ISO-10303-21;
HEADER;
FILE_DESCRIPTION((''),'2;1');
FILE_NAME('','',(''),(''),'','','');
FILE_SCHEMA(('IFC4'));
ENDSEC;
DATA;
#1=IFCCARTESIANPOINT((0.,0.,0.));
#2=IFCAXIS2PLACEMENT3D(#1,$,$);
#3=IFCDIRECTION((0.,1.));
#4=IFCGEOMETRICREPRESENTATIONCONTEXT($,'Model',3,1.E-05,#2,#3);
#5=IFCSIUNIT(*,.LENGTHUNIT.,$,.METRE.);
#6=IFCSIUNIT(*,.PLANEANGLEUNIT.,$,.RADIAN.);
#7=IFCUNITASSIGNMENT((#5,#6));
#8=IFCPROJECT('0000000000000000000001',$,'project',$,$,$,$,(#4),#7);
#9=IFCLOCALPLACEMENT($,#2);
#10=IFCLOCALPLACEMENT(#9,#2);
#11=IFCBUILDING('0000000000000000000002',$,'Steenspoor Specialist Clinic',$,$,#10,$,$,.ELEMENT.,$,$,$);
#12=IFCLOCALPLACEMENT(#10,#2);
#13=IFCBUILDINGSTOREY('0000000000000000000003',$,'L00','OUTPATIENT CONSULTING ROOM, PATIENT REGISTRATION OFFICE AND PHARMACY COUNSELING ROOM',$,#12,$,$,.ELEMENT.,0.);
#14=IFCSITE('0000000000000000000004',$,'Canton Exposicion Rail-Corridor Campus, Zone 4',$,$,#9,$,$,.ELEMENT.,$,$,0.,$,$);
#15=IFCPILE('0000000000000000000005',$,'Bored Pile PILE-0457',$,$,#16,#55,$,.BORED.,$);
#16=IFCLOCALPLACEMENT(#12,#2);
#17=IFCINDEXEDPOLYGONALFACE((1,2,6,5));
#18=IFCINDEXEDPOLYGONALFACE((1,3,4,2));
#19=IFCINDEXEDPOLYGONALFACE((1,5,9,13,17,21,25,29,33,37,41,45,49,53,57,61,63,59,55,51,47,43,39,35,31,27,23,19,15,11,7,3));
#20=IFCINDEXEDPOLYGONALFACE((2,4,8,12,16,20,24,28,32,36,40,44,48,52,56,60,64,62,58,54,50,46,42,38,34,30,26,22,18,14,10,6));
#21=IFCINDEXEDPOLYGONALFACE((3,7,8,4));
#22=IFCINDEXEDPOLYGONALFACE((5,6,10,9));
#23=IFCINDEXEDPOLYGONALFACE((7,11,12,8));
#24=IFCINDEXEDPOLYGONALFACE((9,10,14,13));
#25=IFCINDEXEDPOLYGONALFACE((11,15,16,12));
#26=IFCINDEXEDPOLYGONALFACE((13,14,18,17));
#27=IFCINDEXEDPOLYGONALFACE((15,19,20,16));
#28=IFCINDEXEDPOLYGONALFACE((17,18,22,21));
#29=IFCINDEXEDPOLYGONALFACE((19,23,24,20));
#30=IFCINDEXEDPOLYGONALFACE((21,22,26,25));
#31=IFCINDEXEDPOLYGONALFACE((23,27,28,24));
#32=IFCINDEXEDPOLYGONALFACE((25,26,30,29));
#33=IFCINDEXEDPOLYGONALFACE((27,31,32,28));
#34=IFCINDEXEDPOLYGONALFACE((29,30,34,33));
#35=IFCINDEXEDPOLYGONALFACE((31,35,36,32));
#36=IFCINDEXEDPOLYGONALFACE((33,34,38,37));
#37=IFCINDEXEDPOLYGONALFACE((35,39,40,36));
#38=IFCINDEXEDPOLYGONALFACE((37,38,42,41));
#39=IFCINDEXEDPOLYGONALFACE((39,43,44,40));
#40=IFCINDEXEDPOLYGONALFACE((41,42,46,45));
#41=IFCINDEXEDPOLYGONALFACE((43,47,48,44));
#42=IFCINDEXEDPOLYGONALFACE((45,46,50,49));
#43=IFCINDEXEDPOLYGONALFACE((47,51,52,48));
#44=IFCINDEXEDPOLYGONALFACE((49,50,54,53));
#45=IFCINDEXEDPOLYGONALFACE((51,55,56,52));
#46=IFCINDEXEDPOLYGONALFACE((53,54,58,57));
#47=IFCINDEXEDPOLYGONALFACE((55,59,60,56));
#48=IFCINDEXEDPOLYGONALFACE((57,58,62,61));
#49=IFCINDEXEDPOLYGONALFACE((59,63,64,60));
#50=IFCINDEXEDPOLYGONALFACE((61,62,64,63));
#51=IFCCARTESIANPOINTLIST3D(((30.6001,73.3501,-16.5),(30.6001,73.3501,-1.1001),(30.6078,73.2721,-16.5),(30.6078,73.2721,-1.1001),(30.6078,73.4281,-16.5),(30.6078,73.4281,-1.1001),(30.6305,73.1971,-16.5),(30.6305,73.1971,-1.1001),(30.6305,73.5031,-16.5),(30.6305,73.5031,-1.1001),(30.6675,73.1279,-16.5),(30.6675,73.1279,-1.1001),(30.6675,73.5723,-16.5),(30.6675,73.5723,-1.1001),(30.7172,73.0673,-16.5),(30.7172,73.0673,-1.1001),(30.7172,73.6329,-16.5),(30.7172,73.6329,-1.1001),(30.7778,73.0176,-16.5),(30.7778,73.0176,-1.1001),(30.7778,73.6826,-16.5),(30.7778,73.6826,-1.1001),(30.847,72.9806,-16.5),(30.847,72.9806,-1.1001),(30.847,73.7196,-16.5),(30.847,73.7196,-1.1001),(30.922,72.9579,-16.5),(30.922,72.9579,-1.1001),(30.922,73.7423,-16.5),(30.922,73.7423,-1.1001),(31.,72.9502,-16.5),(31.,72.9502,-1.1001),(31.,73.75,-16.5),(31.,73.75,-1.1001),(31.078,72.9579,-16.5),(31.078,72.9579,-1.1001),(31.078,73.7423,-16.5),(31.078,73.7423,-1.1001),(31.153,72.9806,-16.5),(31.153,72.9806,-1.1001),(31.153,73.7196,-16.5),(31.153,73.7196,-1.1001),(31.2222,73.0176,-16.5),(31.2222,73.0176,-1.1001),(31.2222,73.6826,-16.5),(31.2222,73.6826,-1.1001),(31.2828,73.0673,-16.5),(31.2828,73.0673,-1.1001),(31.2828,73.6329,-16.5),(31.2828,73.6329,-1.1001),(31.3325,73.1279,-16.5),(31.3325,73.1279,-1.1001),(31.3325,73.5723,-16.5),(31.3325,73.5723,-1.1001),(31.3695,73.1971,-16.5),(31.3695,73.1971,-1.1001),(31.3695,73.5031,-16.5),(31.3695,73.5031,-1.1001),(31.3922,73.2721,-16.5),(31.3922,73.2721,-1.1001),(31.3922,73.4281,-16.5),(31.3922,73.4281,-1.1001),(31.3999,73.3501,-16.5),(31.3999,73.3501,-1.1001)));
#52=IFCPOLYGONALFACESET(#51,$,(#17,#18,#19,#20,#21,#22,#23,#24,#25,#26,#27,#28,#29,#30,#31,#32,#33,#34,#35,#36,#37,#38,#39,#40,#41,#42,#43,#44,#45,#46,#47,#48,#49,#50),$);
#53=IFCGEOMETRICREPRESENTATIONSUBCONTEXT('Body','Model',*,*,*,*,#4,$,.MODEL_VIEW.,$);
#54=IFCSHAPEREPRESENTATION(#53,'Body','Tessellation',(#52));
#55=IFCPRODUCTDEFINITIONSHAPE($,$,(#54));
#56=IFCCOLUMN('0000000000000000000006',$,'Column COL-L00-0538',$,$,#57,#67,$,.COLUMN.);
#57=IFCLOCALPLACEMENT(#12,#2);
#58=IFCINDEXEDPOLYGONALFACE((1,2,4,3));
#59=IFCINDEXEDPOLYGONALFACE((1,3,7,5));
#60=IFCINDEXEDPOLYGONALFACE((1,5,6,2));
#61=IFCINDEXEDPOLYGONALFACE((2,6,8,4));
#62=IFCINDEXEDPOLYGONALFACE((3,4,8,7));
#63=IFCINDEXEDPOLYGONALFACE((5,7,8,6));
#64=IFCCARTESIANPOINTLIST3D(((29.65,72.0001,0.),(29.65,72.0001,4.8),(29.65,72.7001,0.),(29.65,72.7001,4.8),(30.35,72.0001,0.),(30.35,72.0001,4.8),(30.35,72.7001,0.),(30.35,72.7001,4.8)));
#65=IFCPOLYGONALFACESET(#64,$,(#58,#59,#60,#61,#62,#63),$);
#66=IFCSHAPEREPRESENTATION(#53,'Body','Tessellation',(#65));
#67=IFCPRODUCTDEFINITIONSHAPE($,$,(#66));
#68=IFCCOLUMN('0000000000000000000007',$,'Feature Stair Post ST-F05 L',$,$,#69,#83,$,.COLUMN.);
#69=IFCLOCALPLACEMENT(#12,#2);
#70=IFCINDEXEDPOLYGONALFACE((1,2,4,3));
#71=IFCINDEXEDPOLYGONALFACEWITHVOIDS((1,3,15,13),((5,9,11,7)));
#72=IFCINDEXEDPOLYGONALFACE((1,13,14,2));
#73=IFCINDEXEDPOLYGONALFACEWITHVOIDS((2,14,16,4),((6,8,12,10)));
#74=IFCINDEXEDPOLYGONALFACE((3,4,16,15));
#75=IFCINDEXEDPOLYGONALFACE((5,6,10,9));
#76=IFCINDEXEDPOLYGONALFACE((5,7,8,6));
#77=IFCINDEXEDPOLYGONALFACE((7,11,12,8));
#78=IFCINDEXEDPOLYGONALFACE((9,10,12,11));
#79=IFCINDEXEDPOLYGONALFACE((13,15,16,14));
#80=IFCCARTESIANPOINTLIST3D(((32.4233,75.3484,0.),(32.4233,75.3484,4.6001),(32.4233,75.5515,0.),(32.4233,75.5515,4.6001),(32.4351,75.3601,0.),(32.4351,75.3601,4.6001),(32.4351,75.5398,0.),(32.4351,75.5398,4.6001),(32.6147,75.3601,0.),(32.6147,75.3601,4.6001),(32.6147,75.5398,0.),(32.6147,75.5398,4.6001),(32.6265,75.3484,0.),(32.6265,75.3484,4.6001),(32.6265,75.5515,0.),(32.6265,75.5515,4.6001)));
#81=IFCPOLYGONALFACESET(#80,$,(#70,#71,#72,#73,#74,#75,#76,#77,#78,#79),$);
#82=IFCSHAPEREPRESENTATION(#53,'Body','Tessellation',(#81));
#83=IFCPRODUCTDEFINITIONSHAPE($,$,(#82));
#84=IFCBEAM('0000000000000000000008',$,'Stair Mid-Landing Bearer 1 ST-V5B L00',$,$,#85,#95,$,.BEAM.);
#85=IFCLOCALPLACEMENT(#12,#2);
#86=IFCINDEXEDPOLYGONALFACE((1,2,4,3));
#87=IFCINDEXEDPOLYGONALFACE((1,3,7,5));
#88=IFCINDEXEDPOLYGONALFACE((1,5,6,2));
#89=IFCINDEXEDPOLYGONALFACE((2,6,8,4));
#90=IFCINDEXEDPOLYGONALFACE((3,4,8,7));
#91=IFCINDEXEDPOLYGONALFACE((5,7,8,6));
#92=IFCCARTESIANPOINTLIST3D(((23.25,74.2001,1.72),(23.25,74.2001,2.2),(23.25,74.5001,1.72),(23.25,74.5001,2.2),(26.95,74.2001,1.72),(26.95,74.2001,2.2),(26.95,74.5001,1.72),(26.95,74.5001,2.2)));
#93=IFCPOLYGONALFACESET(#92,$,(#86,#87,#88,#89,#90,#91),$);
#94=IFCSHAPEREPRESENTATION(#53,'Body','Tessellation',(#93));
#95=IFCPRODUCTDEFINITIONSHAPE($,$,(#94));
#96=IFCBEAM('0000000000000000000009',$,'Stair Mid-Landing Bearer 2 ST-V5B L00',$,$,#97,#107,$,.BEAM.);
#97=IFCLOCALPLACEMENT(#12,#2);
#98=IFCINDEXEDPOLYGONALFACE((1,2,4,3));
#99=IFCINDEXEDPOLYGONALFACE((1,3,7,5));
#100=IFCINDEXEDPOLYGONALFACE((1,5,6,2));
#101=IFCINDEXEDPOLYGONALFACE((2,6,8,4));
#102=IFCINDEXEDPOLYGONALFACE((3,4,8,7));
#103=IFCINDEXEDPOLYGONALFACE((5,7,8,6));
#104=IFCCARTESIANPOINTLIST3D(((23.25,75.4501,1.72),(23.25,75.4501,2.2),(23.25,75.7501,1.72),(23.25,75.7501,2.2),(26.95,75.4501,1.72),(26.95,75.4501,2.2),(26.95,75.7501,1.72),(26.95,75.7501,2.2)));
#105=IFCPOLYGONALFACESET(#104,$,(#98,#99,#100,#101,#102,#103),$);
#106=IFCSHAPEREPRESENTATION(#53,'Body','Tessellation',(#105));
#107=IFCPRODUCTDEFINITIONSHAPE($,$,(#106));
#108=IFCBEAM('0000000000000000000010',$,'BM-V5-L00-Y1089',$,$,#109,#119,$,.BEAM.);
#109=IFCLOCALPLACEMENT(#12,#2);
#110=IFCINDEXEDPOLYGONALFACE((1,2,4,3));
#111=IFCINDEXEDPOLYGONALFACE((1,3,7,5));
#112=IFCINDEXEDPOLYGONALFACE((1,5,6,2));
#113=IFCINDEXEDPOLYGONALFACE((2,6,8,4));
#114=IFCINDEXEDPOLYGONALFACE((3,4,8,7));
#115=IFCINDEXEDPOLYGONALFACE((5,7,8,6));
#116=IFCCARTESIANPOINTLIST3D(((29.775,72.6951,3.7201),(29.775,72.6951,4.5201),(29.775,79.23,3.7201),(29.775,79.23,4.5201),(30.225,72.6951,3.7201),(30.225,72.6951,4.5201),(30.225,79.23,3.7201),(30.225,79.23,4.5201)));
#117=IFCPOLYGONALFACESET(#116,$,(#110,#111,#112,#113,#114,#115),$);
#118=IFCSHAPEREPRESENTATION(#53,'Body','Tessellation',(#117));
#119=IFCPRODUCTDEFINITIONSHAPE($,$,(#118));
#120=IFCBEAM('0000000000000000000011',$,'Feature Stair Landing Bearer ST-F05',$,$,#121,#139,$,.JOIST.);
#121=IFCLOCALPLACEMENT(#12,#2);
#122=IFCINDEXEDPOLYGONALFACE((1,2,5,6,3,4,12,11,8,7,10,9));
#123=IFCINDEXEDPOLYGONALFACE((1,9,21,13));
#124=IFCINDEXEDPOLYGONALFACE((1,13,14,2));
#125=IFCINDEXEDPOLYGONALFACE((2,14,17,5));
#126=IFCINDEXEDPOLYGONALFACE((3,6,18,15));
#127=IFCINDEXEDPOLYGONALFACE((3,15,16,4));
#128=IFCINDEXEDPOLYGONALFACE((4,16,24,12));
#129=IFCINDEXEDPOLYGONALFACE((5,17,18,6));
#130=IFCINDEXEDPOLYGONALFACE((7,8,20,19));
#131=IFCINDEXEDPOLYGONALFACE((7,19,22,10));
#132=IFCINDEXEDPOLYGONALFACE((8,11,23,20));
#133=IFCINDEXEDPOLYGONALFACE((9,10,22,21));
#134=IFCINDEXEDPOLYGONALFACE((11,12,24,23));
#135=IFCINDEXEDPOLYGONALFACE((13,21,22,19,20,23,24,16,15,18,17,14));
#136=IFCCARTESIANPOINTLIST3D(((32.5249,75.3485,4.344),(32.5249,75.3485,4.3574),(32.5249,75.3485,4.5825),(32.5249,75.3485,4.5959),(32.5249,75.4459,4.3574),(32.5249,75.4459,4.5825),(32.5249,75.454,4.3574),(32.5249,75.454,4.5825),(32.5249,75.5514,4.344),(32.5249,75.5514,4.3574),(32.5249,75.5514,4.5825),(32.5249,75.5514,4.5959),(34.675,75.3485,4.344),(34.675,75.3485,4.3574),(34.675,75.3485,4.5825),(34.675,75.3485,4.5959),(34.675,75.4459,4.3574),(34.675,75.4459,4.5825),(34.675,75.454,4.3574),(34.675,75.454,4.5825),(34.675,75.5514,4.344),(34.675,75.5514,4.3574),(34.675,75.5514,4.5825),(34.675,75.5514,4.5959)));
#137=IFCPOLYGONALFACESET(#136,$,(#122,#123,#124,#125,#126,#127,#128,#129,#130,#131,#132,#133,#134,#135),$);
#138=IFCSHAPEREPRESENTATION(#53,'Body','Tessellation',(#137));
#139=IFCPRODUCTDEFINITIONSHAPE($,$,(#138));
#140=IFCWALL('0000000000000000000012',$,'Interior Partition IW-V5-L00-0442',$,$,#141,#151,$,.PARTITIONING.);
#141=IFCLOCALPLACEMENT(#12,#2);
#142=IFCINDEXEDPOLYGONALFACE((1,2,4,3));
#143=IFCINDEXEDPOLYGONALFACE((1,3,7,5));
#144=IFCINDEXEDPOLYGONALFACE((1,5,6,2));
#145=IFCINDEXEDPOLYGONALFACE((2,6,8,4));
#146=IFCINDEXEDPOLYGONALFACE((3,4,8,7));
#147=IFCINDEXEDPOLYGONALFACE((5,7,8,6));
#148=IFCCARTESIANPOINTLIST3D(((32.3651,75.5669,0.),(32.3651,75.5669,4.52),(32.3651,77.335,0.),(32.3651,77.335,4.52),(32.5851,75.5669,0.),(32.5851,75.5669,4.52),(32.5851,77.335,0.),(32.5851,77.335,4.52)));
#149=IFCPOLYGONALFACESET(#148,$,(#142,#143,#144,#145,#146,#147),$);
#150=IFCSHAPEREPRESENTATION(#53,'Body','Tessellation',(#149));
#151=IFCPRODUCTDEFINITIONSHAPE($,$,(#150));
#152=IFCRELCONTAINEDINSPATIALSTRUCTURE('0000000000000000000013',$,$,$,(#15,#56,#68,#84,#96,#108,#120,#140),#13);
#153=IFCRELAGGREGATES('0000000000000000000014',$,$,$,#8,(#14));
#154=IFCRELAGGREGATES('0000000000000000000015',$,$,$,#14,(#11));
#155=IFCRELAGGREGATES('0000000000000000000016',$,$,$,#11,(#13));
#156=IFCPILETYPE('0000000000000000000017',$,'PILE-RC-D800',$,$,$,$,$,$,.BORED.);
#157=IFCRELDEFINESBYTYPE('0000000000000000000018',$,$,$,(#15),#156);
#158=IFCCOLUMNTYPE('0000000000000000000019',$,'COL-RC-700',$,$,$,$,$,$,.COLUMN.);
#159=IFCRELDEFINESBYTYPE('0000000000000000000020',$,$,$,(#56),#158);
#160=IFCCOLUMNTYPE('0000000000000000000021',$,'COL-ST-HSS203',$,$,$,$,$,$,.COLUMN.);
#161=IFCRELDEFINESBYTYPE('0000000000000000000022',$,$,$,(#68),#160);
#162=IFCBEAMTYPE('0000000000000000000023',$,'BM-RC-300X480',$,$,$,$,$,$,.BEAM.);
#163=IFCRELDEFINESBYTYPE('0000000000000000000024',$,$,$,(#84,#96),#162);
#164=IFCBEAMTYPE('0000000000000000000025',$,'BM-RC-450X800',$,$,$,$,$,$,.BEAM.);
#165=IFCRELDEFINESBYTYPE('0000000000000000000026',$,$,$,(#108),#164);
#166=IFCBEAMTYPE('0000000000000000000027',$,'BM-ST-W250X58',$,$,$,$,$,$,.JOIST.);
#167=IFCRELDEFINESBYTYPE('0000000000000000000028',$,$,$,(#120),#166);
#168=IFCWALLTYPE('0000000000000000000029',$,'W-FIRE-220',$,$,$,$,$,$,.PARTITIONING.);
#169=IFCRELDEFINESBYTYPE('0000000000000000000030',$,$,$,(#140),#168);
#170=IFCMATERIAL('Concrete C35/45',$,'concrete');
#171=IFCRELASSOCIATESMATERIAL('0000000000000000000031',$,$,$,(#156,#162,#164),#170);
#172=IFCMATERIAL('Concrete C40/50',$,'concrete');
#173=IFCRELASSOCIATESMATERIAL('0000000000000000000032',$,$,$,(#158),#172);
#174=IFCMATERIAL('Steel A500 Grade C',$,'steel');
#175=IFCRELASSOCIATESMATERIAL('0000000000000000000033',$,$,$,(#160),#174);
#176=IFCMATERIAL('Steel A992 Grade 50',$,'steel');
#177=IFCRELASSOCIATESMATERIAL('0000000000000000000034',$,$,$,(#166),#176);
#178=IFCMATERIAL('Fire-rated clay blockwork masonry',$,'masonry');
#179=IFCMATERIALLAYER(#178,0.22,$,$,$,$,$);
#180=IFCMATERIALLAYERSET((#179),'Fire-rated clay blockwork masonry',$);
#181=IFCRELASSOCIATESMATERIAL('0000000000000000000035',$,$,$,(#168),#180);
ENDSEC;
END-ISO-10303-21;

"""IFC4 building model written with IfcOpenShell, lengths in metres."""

from ifc_helpers import new_model, si_unit, direction, frame, frame_2d, origin, origin_2d, place, context, subcontext, project, spatial, rectangle, hollow_rectangle, circle, i_section, extrude, material, layer, layer_set, material_profile, profile_set, type_object, element, save


model = new_model("IFC4")

# Units and contexts
model_context = context("Model", 3, precision=1e-05, world=origin(), true_north=direction((0.0, 1.0)))
body_context = subcontext(model_context, "Body", "Model", "MODEL_VIEW")
ifc_project = project(units=[si_unit("LENGTHUNIT", "METRE"), si_unit("PLANEANGLEUNIT", "RADIAN")], contexts=[model_context])

# Site, building, storey
site_placement = place(None, origin())
site = spatial("IfcSite", under=ifc_project, at=site_placement, Name="Canton Exposicion Rail-Corridor Campus, Zone 4", CompositionType="ELEMENT", RefElevation=0.0)
building_placement = place(site_placement, origin())
building = spatial("IfcBuilding", under=site, at=building_placement, Name="Steenspoor Specialist Clinic", CompositionType="ELEMENT")
storey_placement = place(building_placement, origin())
storey = spatial("IfcBuildingStorey", under=building, at=storey_placement, Name="L00", Description="OUTPATIENT CONSULTING ROOM, PATIENT REGISTRATION OFFICE AND PHARMACY COUNSELING ROOM", CompositionType="ELEMENT", Elevation=0.0)

# Shared definitions
ifc_material_1 = material(Name="Concrete C35/45", Category="concrete")

# Pile
ifc_material_profile_1 = material_profile(ifc_material_1, circle(Radius=0.3999, at=origin_2d()), Name="PILE-D800")
ifc_profile_set_1 = profile_set([ifc_material_profile_1], Name="Concrete C35/45")
pile_type_1 = type_object("IfcPileType", Name="PILE-RC-D800", PredefinedType="BORED", material=ifc_profile_set_1)
for number, where, z_axis, x_axis, name in (
    (1, (31.0, 73.3501, -1.1001), (0.0, 0.0, -1.0), (1.0, 0.0, 0.0), "Bored Pile PILE-0457"),
):
    element("IfcPile", number, at=place(storey_placement, frame(where, z_axis=z_axis, x_axis=x_axis)), inside=storey, type_object=pile_type_1, Name=name, PredefinedType="BORED", context=body_context, shape_type="SweptSolid", body=[
        extrude(circle(Radius=0.3999, at=origin_2d()), origin(), (0.0, 0.0, 1.0), 15.3999),
    ])

# Columns
ifc_material_2 = material(Name="Concrete C40/50", Category="concrete")
ifc_material_profile_2 = material_profile(ifc_material_2, rectangle(XDim=0.7, YDim=0.7, at=origin_2d()), Name="RC-COL-700X700")
ifc_profile_set_2 = profile_set([ifc_material_profile_2], Name="Concrete C40/50")
column_type_1 = type_object("IfcColumnType", Name="COL-RC-700", PredefinedType="COLUMN", material=ifc_profile_set_2)
column_1_placement = place(storey_placement, frame((30.0, 72.3501, 0.0), z_axis=(0.0, 0.0, 1.0), x_axis=(1.0, 0.0, 0.0)))
element("IfcColumn", 2, at=column_1_placement, inside=storey, type_object=column_type_1, Name="Column COL-L00-0538", PredefinedType="COLUMN", context=body_context, shape_type="SweptSolid", body=[
    extrude(rectangle(XDim=0.7, YDim=0.7, at=origin_2d()), origin(), (0.0, 0.0, 1.0), 4.8),
])
ifc_material_3 = material(Name="Steel A500 Grade C", Category="steel")
ifc_material_profile_3 = material_profile(ifc_material_3, hollow_rectangle(XDim=0.2031, YDim=0.2031, WallThickness=0.0117, at=origin_2d()), Name="HSS203X203X12.7")
ifc_profile_set_3 = profile_set([ifc_material_profile_3], Name="Steel A500 Grade C")
column_type_2 = type_object("IfcColumnType", Name="COL-ST-HSS203", PredefinedType="COLUMN", material=ifc_profile_set_3)
column_2_placement = place(storey_placement, frame((32.5249, 75.45, 0.0), z_axis=(0.0, 0.0, 1.0), x_axis=(1.0, 0.0, 0.0)))
element("IfcColumn", 3, at=column_2_placement, inside=storey, type_object=column_type_2, Name="Feature Stair Post ST-F05 L", PredefinedType="COLUMN", context=body_context, shape_type="SweptSolid", body=[
    extrude(hollow_rectangle(XDim=0.2031, YDim=0.2031, WallThickness=0.0117, at=origin_2d()), origin(), (0.0, 0.0, 1.0), 4.6001),
])

# Beams
ifc_material_profile_4 = material_profile(ifc_material_1, rectangle(XDim=0.3, YDim=0.48, at=origin_2d()), Name="RC-BM-300X480")
ifc_profile_set_4 = profile_set([ifc_material_profile_4], Name="Concrete C35/45")
beam_type_1 = type_object("IfcBeamType", Name="BM-RC-300X480", PredefinedType="BEAM", material=ifc_profile_set_4)
for number, where, z_axis, x_axis, name in (
    (4, (23.25, 74.3501, 1.96), (1.0, 0.0, 0.0), (0.0, 1.0, 0.0), "Stair Mid-Landing Bearer 1 ST-V5B L00"),
    (5, (23.25, 75.6001, 1.96), (1.0, 0.0, 0.0), (0.0, 1.0, 0.0), "Stair Mid-Landing Bearer 2 ST-V5B L00"),
):
    element("IfcBeam", number, at=place(storey_placement, frame(where, z_axis=z_axis, x_axis=x_axis)), inside=storey, type_object=beam_type_1, Name=name, PredefinedType="BEAM", context=body_context, shape_type="SweptSolid", body=[
        extrude(rectangle(XDim=0.3, YDim=0.48, at=origin_2d()), origin(), (0.0, 0.0, 1.0), 3.7),
    ])
ifc_material_profile_5 = material_profile(ifc_material_1, rectangle(XDim=0.45, YDim=0.8, at=origin_2d()), Name="RC-BM-450X800")
ifc_profile_set_5 = profile_set([ifc_material_profile_5], Name="Concrete C35/45")
beam_type_2 = type_object("IfcBeamType", Name="BM-RC-450X800", PredefinedType="BEAM", material=ifc_profile_set_5)
beam_1_placement = place(storey_placement, frame((30.0, 72.6951, 4.1201), z_axis=(0.0, 1.0, 0.0), x_axis=(-1.0, 0.0, 0.0)))
element("IfcBeam", 6, at=beam_1_placement, inside=storey, type_object=beam_type_2, Name="BM-V5-L00-Y1089", PredefinedType="BEAM", context=body_context, shape_type="SweptSolid", body=[
    extrude(rectangle(XDim=0.45, YDim=0.8, at=origin_2d()), origin(), (0.0, 0.0, 1.0), 6.5349),
])
ifc_material_4 = material(Name="Steel A992 Grade 50", Category="steel")
ifc_material_profile_6 = material_profile(ifc_material_4, i_section(OverallWidth=0.2029, OverallDepth=0.252, WebThickness=0.0081, FlangeThickness=0.0134, at=origin_2d()), Name="W250X58")
ifc_profile_set_6 = profile_set([ifc_material_profile_6], Name="Steel A992 Grade 50")
beam_type_3 = type_object("IfcBeamType", Name="BM-ST-W250X58", PredefinedType="JOIST", material=ifc_profile_set_6)
beam_2_placement = place(storey_placement, frame((32.5249, 75.45, 4.47), z_axis=(1.0, 0.0, 0.0), x_axis=(0.0, 1.0, 0.0)))
element("IfcBeam", 7, at=beam_2_placement, inside=storey, type_object=beam_type_3, Name="Feature Stair Landing Bearer ST-F05", PredefinedType="JOIST", context=body_context, shape_type="SweptSolid", body=[
    extrude(i_section(OverallWidth=0.2029, OverallDepth=0.252, WebThickness=0.0081, FlangeThickness=0.0134, at=origin_2d()), origin(), (0.0, 0.0, 1.0), 2.1501),
])

# Wall
ifc_material_5 = material(Name="Fire-rated clay blockwork masonry", Category="masonry")
ifc_layer = layer(ifc_material_5, 0.22)
ifc_layer_set = layer_set([ifc_layer], Name="Fire-rated clay blockwork masonry")
wall_type = type_object("IfcWallType", Name="W-FIRE-220", PredefinedType="PARTITIONING", material=ifc_layer_set)
wall_placement = place(storey_placement, frame((32.4751, 75.5669, 0.0), z_axis=(0.0, 0.0, 1.0), x_axis=(0.0, 1.0, 0.0)))
element("IfcWall", 8, at=wall_placement, inside=storey, type_object=wall_type, Name="Interior Partition IW-V5-L00-0442", PredefinedType="PARTITIONING", context=body_context, shape_type="SweptSolid", body=[
    extrude(rectangle(XDim=1.7681, YDim=0.22, at=frame_2d((0.884, 0.0))), origin(), (0.0, 0.0, 1.0), 4.52),
])

save(model, "model.ifc")
